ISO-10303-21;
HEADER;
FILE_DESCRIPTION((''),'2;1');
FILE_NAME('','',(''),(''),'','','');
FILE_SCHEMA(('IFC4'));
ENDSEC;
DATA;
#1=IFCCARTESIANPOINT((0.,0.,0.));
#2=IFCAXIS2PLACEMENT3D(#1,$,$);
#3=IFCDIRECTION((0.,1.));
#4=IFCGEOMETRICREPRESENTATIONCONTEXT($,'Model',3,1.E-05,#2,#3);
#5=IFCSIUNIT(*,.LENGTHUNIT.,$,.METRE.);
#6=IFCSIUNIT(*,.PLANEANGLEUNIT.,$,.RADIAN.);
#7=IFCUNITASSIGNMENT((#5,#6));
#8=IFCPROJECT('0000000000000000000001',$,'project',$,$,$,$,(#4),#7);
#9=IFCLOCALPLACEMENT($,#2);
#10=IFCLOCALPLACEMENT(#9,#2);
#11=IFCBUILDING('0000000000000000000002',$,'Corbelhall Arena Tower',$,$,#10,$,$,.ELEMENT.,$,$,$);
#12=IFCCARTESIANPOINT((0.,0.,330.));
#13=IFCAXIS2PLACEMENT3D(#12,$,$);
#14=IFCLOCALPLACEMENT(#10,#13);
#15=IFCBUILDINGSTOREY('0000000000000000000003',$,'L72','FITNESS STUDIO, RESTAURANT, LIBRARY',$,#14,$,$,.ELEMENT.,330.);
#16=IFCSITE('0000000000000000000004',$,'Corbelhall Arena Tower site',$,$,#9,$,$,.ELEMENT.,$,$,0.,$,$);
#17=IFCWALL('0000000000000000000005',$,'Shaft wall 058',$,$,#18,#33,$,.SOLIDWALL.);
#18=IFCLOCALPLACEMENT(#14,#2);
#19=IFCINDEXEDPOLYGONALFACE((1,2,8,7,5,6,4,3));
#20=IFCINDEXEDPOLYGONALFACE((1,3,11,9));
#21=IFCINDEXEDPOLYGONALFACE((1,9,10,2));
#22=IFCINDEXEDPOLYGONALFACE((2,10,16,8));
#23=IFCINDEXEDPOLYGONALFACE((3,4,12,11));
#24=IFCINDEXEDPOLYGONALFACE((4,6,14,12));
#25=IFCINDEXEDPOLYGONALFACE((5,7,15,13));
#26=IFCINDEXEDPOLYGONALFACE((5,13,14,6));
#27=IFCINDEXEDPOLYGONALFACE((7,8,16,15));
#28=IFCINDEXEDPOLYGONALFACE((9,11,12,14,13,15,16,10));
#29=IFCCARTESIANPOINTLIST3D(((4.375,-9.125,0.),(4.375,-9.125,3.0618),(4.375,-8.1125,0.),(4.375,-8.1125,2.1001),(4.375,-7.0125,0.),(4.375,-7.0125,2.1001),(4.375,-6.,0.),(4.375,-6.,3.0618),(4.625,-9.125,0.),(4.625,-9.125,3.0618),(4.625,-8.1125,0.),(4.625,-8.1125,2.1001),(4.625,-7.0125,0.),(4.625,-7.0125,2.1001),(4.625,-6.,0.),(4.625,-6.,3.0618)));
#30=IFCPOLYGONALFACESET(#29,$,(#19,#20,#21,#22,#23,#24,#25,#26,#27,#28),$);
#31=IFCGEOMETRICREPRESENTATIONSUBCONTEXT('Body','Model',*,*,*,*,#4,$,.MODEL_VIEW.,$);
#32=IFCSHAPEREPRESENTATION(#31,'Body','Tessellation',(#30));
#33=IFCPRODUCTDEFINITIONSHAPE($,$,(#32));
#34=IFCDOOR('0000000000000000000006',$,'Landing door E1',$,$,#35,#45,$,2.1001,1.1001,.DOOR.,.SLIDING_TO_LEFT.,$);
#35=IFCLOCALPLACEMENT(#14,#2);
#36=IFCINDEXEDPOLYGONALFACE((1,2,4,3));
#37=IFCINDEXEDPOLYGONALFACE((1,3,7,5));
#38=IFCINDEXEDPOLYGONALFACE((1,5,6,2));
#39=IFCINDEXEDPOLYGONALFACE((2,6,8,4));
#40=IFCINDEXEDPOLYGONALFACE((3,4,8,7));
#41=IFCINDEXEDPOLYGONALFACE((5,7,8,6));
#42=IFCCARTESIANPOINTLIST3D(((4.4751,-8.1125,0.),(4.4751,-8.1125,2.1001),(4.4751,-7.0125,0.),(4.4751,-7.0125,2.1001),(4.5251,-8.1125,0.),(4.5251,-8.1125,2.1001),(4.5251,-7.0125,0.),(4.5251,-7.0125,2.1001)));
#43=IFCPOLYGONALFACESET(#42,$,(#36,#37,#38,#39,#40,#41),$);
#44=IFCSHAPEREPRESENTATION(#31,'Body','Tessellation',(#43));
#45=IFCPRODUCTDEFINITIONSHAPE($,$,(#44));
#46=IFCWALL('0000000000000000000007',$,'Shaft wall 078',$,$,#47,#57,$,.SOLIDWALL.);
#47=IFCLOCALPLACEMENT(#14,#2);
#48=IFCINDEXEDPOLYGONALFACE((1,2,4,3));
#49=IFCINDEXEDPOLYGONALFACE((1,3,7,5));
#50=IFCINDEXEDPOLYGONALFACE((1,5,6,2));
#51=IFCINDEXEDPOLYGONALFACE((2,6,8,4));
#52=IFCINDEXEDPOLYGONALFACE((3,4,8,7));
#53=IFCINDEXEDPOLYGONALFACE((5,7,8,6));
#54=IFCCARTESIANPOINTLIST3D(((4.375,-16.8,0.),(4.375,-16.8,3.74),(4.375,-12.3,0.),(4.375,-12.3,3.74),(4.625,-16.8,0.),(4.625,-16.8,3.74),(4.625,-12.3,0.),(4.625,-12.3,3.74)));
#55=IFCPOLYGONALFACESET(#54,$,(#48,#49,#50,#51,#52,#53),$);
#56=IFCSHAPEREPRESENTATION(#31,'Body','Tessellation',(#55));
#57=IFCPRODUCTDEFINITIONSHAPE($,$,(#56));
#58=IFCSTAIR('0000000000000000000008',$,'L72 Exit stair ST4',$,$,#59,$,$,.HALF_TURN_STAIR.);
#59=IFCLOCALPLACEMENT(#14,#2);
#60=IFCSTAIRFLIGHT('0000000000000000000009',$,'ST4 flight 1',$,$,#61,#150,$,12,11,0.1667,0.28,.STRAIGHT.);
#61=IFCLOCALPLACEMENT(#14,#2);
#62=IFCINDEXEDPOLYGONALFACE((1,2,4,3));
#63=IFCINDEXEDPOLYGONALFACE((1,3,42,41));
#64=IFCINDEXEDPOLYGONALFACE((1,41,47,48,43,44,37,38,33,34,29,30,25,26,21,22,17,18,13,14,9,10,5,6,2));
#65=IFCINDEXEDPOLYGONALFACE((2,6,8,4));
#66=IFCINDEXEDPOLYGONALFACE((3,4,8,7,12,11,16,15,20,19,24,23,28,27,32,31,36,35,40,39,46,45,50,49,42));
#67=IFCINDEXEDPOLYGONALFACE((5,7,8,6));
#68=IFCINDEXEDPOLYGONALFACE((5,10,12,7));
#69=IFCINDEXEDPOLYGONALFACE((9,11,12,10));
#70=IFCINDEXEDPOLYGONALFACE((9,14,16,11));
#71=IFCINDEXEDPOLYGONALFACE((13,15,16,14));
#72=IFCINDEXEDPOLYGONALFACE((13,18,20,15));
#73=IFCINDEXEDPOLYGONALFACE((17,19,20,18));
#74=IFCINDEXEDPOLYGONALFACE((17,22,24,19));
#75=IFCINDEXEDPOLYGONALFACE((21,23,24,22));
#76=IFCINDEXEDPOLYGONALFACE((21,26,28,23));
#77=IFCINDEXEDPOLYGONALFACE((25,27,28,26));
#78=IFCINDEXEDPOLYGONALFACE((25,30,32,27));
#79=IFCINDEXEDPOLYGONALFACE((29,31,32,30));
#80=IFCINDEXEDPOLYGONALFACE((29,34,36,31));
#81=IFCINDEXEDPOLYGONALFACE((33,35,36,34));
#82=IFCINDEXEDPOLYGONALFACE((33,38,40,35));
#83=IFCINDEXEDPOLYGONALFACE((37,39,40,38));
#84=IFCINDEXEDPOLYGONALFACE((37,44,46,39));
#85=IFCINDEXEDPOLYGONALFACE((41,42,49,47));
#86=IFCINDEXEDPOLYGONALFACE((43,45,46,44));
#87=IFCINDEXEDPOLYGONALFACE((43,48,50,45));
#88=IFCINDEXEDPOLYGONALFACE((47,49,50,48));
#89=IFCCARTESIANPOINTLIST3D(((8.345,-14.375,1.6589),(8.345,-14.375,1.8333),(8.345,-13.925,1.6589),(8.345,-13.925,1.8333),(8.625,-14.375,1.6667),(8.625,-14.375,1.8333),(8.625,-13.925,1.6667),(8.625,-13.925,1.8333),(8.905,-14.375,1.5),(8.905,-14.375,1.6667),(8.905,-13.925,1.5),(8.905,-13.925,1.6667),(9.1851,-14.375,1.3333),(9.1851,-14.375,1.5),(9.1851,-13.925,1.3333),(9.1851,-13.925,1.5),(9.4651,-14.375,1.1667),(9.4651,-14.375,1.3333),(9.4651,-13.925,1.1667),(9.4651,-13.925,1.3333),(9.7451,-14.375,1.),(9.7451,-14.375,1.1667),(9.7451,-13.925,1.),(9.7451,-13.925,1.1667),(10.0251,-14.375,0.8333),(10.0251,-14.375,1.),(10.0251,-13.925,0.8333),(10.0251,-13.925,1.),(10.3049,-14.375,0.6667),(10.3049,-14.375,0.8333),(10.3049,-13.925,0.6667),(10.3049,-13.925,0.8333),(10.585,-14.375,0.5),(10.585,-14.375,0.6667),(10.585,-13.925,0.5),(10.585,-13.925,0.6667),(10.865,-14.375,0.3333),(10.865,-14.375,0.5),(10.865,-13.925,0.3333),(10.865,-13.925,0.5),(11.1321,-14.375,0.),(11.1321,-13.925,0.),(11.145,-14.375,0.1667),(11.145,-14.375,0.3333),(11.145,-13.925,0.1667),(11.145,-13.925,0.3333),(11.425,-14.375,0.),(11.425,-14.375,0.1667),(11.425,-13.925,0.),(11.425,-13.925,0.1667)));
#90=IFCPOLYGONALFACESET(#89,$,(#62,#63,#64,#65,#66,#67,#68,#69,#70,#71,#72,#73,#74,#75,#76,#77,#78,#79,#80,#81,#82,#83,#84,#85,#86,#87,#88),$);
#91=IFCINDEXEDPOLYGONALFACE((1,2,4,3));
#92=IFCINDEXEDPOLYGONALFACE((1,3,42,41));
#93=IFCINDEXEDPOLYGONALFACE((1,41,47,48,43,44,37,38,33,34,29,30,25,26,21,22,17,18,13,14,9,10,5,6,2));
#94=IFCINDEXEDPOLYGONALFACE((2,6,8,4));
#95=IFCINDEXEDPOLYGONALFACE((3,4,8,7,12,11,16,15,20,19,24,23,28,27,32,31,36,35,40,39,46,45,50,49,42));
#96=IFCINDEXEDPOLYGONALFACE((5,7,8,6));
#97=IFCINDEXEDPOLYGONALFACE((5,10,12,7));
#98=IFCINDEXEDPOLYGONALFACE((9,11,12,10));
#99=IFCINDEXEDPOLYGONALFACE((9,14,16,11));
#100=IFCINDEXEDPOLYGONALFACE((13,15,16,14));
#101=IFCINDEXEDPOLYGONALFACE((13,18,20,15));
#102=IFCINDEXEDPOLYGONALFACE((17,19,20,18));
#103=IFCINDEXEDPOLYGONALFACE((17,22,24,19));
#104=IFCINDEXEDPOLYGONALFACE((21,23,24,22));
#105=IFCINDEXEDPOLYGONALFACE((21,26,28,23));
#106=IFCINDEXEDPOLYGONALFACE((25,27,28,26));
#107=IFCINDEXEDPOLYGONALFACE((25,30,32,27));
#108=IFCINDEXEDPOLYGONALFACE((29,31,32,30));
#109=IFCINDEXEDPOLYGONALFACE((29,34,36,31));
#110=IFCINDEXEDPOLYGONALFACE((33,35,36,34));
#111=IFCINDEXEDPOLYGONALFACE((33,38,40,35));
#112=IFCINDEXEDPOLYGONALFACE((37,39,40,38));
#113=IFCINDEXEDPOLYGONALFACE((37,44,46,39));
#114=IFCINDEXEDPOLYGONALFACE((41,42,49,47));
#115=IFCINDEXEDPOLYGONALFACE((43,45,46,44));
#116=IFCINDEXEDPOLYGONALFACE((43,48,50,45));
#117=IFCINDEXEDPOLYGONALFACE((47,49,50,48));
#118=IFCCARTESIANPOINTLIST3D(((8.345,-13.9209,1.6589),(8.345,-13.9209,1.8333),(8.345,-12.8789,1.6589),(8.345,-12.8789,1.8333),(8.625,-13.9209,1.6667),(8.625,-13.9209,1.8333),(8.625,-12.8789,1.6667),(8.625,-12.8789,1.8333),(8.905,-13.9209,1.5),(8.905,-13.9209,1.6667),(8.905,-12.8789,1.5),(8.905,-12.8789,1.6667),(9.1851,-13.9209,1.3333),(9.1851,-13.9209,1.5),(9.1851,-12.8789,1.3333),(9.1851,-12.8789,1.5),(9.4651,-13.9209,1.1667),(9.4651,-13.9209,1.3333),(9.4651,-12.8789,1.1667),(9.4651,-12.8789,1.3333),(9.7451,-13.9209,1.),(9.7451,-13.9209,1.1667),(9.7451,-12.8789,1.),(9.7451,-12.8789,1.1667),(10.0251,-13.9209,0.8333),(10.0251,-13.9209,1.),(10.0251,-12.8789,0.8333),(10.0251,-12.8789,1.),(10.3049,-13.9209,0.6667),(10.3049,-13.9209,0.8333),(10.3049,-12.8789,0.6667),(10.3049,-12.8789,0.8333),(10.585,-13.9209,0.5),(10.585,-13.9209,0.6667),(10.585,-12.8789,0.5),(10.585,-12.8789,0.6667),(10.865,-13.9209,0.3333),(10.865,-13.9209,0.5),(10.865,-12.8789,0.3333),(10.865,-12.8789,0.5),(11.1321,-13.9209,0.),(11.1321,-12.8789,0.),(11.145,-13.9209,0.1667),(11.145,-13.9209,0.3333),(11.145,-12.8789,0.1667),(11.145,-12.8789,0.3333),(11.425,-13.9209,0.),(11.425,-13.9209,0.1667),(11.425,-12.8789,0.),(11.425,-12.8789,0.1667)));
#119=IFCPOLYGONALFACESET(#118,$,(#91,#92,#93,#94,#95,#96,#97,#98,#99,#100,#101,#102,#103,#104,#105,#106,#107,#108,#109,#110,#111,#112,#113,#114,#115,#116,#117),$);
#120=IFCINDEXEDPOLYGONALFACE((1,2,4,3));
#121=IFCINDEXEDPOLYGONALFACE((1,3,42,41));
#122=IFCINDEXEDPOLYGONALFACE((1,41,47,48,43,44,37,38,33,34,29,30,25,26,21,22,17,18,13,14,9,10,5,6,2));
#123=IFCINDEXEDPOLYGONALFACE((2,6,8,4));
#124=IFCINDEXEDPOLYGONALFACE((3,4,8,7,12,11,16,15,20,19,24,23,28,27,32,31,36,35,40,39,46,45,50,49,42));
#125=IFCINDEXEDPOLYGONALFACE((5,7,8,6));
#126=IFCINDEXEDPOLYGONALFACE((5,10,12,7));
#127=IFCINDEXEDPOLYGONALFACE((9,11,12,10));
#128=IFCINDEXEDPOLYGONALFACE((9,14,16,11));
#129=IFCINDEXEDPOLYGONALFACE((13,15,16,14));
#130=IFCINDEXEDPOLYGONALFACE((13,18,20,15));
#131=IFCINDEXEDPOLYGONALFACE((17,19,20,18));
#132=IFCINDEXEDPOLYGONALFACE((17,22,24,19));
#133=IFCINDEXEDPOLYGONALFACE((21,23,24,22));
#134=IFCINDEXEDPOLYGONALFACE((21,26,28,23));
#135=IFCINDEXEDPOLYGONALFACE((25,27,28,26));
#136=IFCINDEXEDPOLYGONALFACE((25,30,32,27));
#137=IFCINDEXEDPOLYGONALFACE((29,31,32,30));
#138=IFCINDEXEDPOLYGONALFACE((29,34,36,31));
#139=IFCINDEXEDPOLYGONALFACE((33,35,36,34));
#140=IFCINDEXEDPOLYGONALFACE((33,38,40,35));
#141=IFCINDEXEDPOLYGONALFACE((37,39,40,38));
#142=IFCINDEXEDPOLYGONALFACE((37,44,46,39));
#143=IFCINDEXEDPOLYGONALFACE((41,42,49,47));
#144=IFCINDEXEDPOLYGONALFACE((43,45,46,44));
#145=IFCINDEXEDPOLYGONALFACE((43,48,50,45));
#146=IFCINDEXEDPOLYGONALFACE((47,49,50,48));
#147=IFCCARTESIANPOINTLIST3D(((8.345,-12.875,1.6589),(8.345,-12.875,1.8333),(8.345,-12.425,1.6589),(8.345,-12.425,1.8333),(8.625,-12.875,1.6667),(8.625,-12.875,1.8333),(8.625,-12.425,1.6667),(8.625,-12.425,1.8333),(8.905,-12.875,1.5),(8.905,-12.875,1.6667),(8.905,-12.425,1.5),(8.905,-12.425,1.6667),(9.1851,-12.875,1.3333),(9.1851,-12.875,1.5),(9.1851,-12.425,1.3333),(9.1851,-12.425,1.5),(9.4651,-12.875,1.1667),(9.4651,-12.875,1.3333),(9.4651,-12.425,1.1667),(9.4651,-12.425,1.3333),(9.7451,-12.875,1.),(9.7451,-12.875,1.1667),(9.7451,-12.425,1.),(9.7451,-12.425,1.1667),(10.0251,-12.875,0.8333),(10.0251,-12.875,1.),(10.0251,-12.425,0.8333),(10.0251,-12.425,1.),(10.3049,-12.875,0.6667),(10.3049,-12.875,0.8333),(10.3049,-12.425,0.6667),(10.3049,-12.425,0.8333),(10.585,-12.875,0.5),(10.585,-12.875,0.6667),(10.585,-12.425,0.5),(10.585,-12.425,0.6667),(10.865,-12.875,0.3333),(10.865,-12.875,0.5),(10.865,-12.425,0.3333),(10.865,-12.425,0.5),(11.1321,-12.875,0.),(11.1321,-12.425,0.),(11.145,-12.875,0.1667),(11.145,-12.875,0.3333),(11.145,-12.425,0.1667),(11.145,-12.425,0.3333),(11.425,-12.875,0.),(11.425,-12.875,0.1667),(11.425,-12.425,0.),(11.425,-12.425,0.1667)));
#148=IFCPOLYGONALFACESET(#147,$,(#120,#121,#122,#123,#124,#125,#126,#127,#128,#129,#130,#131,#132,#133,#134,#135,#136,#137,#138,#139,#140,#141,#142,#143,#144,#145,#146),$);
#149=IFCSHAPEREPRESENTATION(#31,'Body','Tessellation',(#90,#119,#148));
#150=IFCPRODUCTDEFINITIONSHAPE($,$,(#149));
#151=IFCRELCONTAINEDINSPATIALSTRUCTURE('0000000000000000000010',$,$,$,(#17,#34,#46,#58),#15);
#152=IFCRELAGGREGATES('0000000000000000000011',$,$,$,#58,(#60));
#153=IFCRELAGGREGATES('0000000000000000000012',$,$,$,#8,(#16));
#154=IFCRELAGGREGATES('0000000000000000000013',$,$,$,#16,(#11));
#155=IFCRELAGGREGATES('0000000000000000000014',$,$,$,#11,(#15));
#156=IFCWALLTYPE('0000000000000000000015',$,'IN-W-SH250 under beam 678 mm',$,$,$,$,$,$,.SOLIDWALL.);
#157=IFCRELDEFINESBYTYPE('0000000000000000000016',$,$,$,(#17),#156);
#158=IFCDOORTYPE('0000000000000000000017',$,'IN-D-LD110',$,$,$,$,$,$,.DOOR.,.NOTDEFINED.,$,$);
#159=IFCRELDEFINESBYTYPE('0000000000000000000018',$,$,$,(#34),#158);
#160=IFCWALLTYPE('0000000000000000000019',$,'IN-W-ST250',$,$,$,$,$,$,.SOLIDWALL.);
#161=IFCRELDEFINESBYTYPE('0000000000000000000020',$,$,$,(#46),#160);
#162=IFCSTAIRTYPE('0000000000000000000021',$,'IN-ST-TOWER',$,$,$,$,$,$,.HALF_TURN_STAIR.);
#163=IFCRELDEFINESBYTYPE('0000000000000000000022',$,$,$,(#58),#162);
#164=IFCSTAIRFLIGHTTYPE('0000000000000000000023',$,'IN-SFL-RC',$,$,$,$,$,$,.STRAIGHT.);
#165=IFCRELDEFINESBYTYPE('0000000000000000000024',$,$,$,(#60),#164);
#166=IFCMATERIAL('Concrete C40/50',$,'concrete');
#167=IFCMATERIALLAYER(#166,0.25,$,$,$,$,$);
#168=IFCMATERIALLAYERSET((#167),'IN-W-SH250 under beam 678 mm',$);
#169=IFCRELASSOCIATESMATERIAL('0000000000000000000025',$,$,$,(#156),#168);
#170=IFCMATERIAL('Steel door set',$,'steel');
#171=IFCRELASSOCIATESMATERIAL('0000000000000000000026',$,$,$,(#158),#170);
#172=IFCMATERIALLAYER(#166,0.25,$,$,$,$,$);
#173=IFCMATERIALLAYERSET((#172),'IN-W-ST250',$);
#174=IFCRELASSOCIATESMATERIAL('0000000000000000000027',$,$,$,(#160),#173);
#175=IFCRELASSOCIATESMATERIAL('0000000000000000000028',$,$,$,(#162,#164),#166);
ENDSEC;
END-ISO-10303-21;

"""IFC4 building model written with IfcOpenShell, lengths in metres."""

from ifc_helpers import new_model, si_unit, direction, frame, frame_2d, origin, place, context, subcontext, project, spatial, polyline, rectangle, outline, extrude, material, layer, layer_set, type_object, element, fill, aggregate, save


model = new_model("IFC4")

# Units and contexts
model_context = context("Model", 3, precision=1e-05, world=origin(), true_north=direction((0.0, 1.0)))
body_context = subcontext(model_context, "Body", "Model", "MODEL_VIEW")
ifc_project = project(units=[si_unit("LENGTHUNIT", "METRE"), si_unit("PLANEANGLEUNIT", "RADIAN")], contexts=[model_context])

# Site, building, storey
site_placement = place(None, origin())
site = spatial("IfcSite", under=ifc_project, at=site_placement, Name="Corbelhall Arena Tower site", CompositionType="ELEMENT", RefElevation=0.0)
building_placement = place(site_placement, origin())
building = spatial("IfcBuilding", under=site, at=building_placement, Name="Corbelhall Arena Tower", CompositionType="ELEMENT")
storey_placement = place(building_placement, frame((0.0, 0.0, 330.0)))
storey = spatial("IfcBuildingStorey", under=building, at=storey_placement, Name="L72", Description="FITNESS STUDIO, RESTAURANT, LIBRARY", CompositionType="ELEMENT", Elevation=330.0)

# Wall, opening, door
ifc_material_1 = material(Name="Concrete C40/50", Category="concrete")
ifc_layer_1 = layer(ifc_material_1, 0.25)
ifc_layer_set_1 = layer_set([ifc_layer_1], Name="IN-W-SH250 under beam 678 mm")
wall_type_1 = type_object("IfcWallType", Name="IN-W-SH250 under beam 678 mm", PredefinedType="SOLIDWALL", material=ifc_layer_set_1)
wall_1_placement = place(storey_placement, frame((4.5, -9.125, 0.0), z_axis=(0.0, 0.0, 1.0), x_axis=(0.0, 1.0, 0.0)))
wall_1 = element("IfcWall", 1, at=wall_1_placement, inside=storey, type_object=wall_type_1, Name="Shaft wall 058", PredefinedType="SOLIDWALL", context=body_context, shape_type="SweptSolid", body=[
    extrude(rectangle(XDim=3.125, YDim=0.25, at=frame_2d((1.5625, 0.0))), origin(), (0.0, 0.0, 1.0), 3.0618),
])
opening_1_placement = place(wall_1_placement, frame((1.0125, 0.0, 0.0)))
opening_1 = element("IfcOpeningElement", 2, at=opening_1_placement, cuts=wall_1, PredefinedType="OPENING", context=body_context, shape_type="SweptSolid", body=[
    extrude(rectangle(XDim=1.1001, YDim=2.1001, at=frame_2d((0.55, 1.05))), frame((0.0, 0.125, 0.0), z_axis=(0.0, -1.0, 0.0), x_axis=(1.0, 0.0, 0.0)), (0.0, 0.0, 1.0), 0.25),
])
ifc_material_2 = material(Name="Steel door set", Category="steel")
door_type = type_object("IfcDoorType", Name="IN-D-LD110", OperationType="NOTDEFINED", PredefinedType="DOOR", material=ifc_material_2)
door_placement = place(opening_1_placement, origin())
door = element("IfcDoor", 3, at=door_placement, inside=storey, type_object=door_type, Name="Landing door E1", OperationType="SLIDING_TO_LEFT", OverallHeight=2.1001, OverallWidth=1.1001, PredefinedType="DOOR", context=body_context, shape_type="SweptSolid", body=[
    extrude(rectangle(XDim=1.1001, YDim=2.1001, at=frame_2d((0.55, 1.05))), frame((0.0, 0.0249, 0.0), z_axis=(0.0, -1.0, 0.0), x_axis=(1.0, 0.0, 0.0)), (0.0, 0.0, 1.0), 0.05),
])
fill(opening_1, door)

# Wall
ifc_layer_2 = layer(ifc_material_1, 0.25)
ifc_layer_set_2 = layer_set([ifc_layer_2], Name="IN-W-ST250")
wall_type_2 = type_object("IfcWallType", Name="IN-W-ST250", PredefinedType="SOLIDWALL", material=ifc_layer_set_2)
wall_2_placement = place(storey_placement, frame((4.5, -16.8, 0.0), z_axis=(0.0, 0.0, 1.0), x_axis=(0.0, 1.0, 0.0)))
element("IfcWall", 4, at=wall_2_placement, inside=storey, type_object=wall_type_2, Name="Shaft wall 078", PredefinedType="SOLIDWALL", context=body_context, shape_type="SweptSolid", body=[
    extrude(rectangle(XDim=4.5, YDim=0.25, at=frame_2d((2.25, 0.0))), origin(), (0.0, 0.0, 1.0), 3.74),
])

# Stair, stair flight
stair_type = type_object("IfcStairType", Name="IN-ST-TOWER", PredefinedType="HALF_TURN_STAIR", material=ifc_material_1)
stair_placement = place(storey_placement, origin())
stair = element("IfcStair", 5, at=stair_placement, inside=storey, type_object=stair_type, Name="L72 Exit stair ST4", PredefinedType="HALF_TURN_STAIR")
stair_flight_type = type_object("IfcStairFlightType", Name="IN-SFL-RC", PredefinedType="STRAIGHT", material=ifc_material_1)
stair_flight_1_placement = place(storey_placement, frame((11.425, -13.3999, 0.0), z_axis=(0.0, 0.0, 1.0), x_axis=(-1.0, 0.0, 0.0)))
stair_flight_1 = element("IfcStairFlight", 6, at=stair_flight_1_placement, type_object=stair_flight_type, Name="ST4 flight 1", NumberOfRisers=12, NumberOfTreads=11, PredefinedType="STRAIGHT", RiserHeight=0.1667, TreadLength=0.28, context=body_context, shape_type="SweptSolid", body=[
    extrude(outline(polyline([(0.0, 0.0), (0.0, 0.1667), (0.28, 0.1667), (0.28, 0.3333), (0.5601, 0.3333), (0.5601, 0.5), (0.8401, 0.5), (0.8401, 0.6667), (1.1201, 0.6667), (1.1201, 0.8333), (1.3999, 0.8333), (1.3999, 1.0), (1.6799, 1.0), (1.6799, 1.1667), (1.96, 1.1667), (1.96, 1.3333), (2.24, 1.3333), (2.24, 1.5), (2.52, 1.5), (2.52, 1.6667), (2.8, 1.6667), (2.8, 1.8333), (3.0801, 1.8333), (3.0801, 2.0), (3.0801, 1.6589), (0.293, 0.0), (0.0, 0.0)])), frame((0.0, 0.9751, 0.0), z_axis=(0.0, -1.0, 0.0), x_axis=(1.0, 0.0, 0.0)), (0.0, 0.0, 1.0), 0.45),
    extrude(outline(polyline([(0.0, 0.0), (0.0, 0.1667), (0.28, 0.1667), (0.28, 0.3333), (0.5601, 0.3333), (0.5601, 0.5), (0.8401, 0.5), (0.8401, 0.6667), (1.1201, 0.6667), (1.1201, 0.8333), (1.3999, 0.8333), (1.3999, 1.0), (1.6799, 1.0), (1.6799, 1.1667), (1.96, 1.1667), (1.96, 1.3333), (2.24, 1.3333), (2.24, 1.5), (2.52, 1.5), (2.52, 1.6667), (2.8, 1.6667), (2.8, 1.8333), (3.0801, 1.8333), (3.0801, 2.0), (3.0801, 1.6589), (0.293, 0.0), (0.0, 0.0)])), frame((0.0, 0.521, 0.0), z_axis=(0.0, -1.0, 0.0), x_axis=(1.0, 0.0, 0.0)), (0.0, 0.0, 1.0), 1.042),
    extrude(outline(polyline([(0.0, 0.0), (0.0, 0.1667), (0.28, 0.1667), (0.28, 0.3333), (0.5601, 0.3333), (0.5601, 0.5), (0.8401, 0.5), (0.8401, 0.6667), (1.1201, 0.6667), (1.1201, 0.8333), (1.3999, 0.8333), (1.3999, 1.0), (1.6799, 1.0), (1.6799, 1.1667), (1.96, 1.1667), (1.96, 1.3333), (2.24, 1.3333), (2.24, 1.5), (2.52, 1.5), (2.52, 1.6667), (2.8, 1.6667), (2.8, 1.8333), (3.0801, 1.8333), (3.0801, 2.0), (3.0801, 1.6589), (0.293, 0.0), (0.0, 0.0)])), frame((0.0, -0.5249, 0.0), z_axis=(0.0, -1.0, 0.0), x_axis=(1.0, 0.0, 0.0)), (0.0, 0.0, 1.0), 0.45),
])
aggregate(stair, [stair_flight_1])

save(model, "model.ifc")
